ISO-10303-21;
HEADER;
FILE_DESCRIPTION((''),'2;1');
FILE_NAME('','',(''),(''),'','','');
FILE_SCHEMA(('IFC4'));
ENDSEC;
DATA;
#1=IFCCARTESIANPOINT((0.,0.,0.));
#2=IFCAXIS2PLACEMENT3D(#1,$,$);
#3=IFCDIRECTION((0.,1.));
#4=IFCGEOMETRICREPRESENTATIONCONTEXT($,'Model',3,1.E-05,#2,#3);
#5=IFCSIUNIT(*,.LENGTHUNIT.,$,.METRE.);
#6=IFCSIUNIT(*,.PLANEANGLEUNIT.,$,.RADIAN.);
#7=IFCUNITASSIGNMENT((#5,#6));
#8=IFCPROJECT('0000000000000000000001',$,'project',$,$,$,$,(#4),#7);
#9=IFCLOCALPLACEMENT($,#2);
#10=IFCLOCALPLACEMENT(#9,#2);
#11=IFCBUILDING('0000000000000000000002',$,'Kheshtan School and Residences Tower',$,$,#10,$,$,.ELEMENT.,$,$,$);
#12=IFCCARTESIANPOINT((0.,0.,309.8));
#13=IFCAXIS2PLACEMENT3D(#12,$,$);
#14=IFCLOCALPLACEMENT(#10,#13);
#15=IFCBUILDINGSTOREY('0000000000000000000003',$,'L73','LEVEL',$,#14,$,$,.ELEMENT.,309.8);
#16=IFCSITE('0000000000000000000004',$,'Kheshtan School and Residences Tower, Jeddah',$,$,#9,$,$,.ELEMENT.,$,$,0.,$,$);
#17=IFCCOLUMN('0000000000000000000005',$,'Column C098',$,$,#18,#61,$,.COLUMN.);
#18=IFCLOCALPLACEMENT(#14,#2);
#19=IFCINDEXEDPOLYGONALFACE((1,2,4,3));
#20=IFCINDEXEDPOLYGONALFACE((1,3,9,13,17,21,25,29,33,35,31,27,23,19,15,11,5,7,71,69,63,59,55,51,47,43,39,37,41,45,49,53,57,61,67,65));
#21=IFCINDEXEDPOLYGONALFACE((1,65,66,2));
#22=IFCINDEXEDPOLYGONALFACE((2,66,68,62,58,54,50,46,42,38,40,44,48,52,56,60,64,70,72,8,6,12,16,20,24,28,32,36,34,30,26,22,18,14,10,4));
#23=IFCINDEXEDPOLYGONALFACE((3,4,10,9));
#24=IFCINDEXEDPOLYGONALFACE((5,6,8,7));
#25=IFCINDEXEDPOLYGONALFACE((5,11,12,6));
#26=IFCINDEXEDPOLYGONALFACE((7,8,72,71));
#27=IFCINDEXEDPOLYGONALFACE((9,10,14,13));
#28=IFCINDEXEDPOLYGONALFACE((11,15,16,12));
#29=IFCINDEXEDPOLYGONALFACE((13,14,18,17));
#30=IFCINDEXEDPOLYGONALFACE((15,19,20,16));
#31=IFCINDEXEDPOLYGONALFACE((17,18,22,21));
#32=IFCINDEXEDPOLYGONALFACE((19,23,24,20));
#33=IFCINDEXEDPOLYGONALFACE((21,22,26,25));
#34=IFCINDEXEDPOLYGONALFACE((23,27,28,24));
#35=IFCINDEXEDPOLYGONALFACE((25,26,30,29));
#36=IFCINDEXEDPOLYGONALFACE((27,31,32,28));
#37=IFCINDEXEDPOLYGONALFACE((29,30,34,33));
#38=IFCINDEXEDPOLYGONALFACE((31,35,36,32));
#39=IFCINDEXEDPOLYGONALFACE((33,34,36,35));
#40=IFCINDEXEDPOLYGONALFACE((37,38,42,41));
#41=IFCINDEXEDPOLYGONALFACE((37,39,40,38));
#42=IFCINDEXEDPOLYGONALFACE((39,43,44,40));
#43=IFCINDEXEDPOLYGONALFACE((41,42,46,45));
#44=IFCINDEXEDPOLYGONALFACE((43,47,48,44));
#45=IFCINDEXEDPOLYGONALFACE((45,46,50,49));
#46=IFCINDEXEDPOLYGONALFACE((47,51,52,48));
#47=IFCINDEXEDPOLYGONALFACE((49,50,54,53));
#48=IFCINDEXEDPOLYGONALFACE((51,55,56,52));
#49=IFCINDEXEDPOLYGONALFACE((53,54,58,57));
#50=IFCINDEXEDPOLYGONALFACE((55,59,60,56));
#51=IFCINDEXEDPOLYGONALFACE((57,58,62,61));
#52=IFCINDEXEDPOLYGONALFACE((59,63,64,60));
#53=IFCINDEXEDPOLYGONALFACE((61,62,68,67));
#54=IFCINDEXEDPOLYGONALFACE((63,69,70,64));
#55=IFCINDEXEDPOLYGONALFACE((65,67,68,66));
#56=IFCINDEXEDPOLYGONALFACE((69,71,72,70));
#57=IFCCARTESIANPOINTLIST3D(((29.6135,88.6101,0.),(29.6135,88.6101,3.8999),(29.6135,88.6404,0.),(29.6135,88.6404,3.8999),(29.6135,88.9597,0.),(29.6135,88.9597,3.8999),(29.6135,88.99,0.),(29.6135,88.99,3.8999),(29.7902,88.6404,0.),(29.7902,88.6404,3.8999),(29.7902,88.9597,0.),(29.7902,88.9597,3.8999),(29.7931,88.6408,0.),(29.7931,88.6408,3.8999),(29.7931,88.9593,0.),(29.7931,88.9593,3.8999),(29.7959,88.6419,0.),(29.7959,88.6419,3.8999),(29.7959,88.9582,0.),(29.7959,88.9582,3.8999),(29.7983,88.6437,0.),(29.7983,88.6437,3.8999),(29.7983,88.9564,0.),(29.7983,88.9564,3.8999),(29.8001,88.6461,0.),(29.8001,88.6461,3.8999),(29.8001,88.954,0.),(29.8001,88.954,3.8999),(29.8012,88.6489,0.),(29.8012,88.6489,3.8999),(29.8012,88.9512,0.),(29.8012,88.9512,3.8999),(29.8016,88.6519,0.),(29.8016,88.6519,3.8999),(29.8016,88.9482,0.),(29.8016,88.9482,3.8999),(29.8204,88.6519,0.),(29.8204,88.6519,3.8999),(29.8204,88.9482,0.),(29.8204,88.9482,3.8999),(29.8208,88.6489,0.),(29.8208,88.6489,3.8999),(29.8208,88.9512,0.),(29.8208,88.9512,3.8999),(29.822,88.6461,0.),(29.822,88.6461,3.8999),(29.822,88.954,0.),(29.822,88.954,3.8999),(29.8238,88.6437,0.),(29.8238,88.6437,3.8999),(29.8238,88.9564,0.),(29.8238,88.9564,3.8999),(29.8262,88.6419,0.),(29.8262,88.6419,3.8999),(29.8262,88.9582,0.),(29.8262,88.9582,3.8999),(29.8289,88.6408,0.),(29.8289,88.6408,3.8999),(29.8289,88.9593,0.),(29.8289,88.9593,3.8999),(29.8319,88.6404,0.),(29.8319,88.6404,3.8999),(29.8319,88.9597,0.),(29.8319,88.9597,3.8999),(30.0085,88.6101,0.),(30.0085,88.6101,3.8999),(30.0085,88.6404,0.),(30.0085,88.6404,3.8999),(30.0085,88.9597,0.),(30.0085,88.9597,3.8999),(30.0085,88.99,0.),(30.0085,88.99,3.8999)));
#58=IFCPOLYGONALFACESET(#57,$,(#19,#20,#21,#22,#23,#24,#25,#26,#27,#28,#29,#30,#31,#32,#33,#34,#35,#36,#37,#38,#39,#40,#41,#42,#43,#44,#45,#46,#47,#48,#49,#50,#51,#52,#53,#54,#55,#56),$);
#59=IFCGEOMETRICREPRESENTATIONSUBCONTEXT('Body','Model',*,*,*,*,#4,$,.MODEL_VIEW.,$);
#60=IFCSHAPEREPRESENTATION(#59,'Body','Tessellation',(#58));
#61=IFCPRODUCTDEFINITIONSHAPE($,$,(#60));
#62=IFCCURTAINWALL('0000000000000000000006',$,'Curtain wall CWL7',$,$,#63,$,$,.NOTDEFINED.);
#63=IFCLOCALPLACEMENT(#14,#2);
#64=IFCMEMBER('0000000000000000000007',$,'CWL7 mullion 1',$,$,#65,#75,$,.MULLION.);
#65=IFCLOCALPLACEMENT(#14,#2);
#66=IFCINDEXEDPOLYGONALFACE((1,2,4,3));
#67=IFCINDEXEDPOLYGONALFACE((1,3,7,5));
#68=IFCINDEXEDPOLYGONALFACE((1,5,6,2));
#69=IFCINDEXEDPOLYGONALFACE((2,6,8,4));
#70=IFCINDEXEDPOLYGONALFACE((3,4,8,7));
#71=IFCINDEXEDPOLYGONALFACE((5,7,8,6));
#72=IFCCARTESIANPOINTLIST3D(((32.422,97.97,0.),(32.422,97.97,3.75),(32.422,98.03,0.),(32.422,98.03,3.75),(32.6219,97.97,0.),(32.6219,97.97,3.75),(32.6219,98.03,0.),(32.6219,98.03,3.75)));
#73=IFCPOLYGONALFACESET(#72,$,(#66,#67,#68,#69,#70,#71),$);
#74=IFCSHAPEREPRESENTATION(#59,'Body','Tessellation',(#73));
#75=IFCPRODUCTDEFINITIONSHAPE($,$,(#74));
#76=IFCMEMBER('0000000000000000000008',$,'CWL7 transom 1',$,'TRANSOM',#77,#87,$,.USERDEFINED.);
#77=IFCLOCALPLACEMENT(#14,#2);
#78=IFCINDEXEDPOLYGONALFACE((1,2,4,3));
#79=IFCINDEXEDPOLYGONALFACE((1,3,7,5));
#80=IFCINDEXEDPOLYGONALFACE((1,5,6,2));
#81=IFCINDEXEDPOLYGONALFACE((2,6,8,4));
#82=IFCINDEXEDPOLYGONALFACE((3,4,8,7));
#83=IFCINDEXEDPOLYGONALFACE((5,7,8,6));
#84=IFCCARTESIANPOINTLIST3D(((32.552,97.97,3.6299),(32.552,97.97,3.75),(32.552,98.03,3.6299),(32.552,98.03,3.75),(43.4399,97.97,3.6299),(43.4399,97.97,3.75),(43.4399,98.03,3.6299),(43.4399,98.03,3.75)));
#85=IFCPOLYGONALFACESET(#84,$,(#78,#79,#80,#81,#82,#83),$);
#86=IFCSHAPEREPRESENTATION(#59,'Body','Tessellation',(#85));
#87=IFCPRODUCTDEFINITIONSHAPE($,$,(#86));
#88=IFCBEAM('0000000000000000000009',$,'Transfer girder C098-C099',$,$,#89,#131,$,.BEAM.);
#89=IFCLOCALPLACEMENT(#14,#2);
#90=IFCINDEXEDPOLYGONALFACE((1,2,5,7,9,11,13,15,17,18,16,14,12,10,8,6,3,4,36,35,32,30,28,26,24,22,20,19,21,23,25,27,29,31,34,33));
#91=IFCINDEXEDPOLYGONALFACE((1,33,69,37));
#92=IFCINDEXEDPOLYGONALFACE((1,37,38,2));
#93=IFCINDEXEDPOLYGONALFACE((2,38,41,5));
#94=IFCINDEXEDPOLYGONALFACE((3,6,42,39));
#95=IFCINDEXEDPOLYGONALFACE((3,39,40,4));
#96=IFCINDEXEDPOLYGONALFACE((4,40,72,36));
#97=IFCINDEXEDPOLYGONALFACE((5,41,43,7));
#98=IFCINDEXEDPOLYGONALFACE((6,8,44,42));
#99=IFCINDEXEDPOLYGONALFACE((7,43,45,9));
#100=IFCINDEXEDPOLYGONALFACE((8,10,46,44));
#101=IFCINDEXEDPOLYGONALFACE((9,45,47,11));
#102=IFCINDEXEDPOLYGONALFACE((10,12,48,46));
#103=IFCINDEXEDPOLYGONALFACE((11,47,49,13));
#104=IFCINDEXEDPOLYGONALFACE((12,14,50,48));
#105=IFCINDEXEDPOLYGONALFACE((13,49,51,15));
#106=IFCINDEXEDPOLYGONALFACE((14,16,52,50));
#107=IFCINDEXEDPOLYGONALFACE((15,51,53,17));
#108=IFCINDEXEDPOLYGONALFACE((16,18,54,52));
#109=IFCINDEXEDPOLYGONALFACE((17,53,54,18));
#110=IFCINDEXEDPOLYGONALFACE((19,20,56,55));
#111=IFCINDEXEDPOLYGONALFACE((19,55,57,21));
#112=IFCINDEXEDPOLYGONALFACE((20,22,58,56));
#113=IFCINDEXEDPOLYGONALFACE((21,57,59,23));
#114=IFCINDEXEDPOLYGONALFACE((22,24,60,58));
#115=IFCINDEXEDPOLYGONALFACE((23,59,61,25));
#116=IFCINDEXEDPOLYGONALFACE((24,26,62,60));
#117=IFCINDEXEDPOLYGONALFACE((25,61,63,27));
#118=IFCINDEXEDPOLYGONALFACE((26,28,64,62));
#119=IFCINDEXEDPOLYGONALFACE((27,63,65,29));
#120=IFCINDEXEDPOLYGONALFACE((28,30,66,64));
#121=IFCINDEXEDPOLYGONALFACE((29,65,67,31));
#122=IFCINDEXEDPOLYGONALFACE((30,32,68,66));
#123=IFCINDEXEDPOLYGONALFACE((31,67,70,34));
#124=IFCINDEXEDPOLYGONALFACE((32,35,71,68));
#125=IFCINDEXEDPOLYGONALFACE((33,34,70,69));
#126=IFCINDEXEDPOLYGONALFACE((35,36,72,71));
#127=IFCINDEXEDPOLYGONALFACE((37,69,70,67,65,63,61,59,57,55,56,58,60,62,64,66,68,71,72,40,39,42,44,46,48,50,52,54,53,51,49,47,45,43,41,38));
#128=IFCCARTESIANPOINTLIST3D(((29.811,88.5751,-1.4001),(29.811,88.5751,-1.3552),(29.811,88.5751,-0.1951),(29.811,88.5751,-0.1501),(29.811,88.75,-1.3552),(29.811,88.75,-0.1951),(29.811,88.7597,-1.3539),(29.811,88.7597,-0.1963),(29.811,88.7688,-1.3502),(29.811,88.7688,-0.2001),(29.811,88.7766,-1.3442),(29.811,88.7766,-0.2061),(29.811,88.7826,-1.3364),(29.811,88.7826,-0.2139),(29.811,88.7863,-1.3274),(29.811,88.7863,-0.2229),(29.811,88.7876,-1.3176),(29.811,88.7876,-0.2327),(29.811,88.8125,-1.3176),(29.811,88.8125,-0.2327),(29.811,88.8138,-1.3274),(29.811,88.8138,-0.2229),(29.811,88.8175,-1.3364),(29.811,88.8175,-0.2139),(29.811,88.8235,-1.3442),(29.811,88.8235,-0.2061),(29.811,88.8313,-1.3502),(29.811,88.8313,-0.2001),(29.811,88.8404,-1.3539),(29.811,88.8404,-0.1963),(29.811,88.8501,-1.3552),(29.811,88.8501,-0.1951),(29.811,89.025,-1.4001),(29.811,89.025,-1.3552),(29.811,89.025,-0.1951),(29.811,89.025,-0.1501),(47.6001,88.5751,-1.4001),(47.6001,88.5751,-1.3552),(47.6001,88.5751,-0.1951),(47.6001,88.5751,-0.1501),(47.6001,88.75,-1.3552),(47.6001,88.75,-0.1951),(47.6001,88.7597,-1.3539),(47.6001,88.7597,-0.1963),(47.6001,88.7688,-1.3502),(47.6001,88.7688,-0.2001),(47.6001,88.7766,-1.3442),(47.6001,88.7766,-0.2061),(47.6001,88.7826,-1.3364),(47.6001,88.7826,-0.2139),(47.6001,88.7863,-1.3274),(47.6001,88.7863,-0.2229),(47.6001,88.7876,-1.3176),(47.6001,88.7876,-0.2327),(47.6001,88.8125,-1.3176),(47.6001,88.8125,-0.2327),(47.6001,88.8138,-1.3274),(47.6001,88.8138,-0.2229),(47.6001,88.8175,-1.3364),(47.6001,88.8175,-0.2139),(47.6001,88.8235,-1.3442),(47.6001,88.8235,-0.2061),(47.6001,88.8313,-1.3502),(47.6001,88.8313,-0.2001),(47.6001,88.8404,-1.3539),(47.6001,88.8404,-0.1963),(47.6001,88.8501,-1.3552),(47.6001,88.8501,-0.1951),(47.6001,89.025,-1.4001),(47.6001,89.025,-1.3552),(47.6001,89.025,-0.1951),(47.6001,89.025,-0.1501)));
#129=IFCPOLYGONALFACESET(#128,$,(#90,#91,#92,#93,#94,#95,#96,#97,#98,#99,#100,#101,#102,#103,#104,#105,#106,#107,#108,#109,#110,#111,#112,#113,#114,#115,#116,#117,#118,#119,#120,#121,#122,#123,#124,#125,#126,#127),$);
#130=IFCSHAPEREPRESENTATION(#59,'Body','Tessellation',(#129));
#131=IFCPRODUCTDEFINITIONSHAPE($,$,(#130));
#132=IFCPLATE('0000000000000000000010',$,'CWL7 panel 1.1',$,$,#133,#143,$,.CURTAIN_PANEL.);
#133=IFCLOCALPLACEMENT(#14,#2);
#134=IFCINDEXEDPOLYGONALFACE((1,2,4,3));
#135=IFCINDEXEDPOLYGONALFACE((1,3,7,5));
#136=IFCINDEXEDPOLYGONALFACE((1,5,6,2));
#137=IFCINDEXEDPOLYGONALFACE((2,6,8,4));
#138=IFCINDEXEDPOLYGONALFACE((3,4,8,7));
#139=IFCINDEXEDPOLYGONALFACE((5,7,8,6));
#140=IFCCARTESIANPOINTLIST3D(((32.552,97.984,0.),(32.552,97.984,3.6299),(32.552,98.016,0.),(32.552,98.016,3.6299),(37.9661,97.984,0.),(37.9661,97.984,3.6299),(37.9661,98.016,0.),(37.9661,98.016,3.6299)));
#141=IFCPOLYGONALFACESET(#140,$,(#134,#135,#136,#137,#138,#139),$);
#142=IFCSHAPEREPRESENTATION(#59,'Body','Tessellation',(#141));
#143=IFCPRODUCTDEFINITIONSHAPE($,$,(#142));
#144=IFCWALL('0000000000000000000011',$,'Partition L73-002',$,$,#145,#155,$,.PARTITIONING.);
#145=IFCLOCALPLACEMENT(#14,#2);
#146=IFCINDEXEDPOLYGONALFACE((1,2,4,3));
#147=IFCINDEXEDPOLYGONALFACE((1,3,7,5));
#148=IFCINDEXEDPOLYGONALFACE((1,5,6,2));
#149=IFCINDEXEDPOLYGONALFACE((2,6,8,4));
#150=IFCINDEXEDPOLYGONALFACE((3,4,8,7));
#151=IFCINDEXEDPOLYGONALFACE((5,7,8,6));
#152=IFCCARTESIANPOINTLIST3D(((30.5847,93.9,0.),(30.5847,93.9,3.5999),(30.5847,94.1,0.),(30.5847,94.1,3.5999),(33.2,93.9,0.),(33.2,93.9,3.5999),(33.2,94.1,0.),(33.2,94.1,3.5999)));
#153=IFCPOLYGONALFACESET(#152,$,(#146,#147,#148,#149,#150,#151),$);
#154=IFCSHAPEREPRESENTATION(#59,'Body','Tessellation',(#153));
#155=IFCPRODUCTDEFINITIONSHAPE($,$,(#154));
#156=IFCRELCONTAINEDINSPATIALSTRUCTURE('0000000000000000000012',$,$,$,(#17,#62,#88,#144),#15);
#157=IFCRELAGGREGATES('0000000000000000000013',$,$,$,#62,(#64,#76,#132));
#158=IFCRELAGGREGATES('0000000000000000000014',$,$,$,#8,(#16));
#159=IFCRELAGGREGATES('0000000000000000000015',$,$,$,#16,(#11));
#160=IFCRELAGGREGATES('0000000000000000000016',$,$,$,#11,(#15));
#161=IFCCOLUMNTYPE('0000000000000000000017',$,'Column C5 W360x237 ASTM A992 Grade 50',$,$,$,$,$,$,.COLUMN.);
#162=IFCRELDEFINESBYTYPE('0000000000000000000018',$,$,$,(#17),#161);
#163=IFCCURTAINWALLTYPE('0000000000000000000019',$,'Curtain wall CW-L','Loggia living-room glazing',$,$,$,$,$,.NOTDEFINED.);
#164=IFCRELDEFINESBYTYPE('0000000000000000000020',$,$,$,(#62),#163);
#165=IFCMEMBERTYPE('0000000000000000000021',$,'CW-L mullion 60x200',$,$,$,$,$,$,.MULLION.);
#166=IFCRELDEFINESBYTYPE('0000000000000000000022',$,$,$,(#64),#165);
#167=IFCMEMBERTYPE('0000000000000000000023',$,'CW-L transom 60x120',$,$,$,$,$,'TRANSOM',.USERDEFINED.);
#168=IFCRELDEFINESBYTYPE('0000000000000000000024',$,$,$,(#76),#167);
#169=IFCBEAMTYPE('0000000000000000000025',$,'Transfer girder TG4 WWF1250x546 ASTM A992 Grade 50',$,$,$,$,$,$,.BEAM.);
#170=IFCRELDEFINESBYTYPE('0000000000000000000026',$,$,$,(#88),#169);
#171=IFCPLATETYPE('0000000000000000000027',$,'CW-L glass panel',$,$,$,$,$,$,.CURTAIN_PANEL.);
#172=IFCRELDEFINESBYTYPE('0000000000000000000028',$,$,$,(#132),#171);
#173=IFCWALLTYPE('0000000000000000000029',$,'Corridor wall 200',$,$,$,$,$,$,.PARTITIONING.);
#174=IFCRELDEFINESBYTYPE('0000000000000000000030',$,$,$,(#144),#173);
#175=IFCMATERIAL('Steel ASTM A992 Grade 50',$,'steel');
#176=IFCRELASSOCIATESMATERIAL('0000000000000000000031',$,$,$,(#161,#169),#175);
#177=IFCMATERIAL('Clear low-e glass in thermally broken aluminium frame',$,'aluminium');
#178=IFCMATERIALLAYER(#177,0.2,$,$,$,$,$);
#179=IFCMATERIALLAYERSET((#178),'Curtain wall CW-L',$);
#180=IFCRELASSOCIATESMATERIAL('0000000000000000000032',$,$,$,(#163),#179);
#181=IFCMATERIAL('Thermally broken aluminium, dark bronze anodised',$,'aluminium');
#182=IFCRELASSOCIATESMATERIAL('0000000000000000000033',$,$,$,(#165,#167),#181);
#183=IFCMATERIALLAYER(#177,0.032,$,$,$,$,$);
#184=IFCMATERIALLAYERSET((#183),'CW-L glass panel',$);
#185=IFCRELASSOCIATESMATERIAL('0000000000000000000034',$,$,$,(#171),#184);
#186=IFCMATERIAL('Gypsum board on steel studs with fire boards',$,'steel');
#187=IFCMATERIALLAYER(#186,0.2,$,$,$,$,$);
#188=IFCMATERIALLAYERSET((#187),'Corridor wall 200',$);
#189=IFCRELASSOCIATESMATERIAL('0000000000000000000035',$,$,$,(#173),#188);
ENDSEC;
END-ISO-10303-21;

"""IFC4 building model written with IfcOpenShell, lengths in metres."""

from ifc_helpers import new_model, si_unit, direction, frame, frame_2d, origin, origin_2d, place, context, subcontext, project, spatial, rectangle, i_section, extrude, material, layer, layer_set, material_profile, profile_set, type_object, element, aggregate, save


model = new_model("IFC4")

# Units and contexts
model_context = context("Model", 3, precision=1e-05, world=origin(), true_north=direction((0.0, 1.0)))
body_context = subcontext(model_context, "Body", "Model", "MODEL_VIEW")
ifc_project = project(units=[si_unit("LENGTHUNIT", "METRE"), si_unit("PLANEANGLEUNIT", "RADIAN")], contexts=[model_context])

# Site, building, storey
site_placement = place(None, origin())
site = spatial("IfcSite", under=ifc_project, at=site_placement, Name="Kheshtan School and Residences Tower, Jeddah", CompositionType="ELEMENT", RefElevation=0.0)
building_placement = place(site_placement, origin())
building = spatial("IfcBuilding", under=site, at=building_placement, Name="Kheshtan School and Residences Tower", CompositionType="ELEMENT")
storey_placement = place(building_placement, frame((0.0, 0.0, 309.8)))
storey = spatial("IfcBuildingStorey", under=building, at=storey_placement, Name="L73", Description="LEVEL", CompositionType="ELEMENT", Elevation=309.8)

# Column
ifc_material_1 = material(Name="Steel ASTM A992 Grade 50", Category="steel")
ifc_material_profile_1 = material_profile(ifc_material_1, i_section(OverallWidth=0.395, OverallDepth=0.3799, WebThickness=0.0188, FlangeThickness=0.0303, FilletRadius=0.0115, at=origin_2d()), Name="W360x237")
ifc_profile_set_1 = profile_set([ifc_material_profile_1], Name="Steel ASTM A992 Grade 50")
column_type = type_object("IfcColumnType", Name="Column C5 W360x237 ASTM A992 Grade 50", PredefinedType="COLUMN", material=ifc_profile_set_1)
column_placement = place(storey_placement, frame((29.811, 88.8, 0.0), z_axis=(0.0, 0.0, 1.0), x_axis=(1.0, 0.0, 0.0)))
element("IfcColumn", 1, at=column_placement, inside=storey, type_object=column_type, Name="Column C098", PredefinedType="COLUMN", context=body_context, shape_type="SweptSolid", body=[
    extrude(i_section(OverallWidth=0.395, OverallDepth=0.3799, WebThickness=0.0188, FlangeThickness=0.0303, FilletRadius=0.0115, at=origin_2d()), origin(), (0.0, 0.0, 1.0), 3.8999),
])

# Curtain wall, members
ifc_material_2 = material(Name="Clear low-e glass in thermally broken aluminium frame", Category="aluminium")
ifc_layer_1 = layer(ifc_material_2, 0.2)
ifc_layer_set_1 = layer_set([ifc_layer_1], Name="Curtain wall CW-L")
curtain_wall_type = type_object("IfcCurtainWallType", Name="Curtain wall CW-L", Description="Loggia living-room glazing", PredefinedType="NOTDEFINED", material=ifc_layer_set_1)
curtain_wall_placement = place(storey_placement, origin())
curtain_wall = element("IfcCurtainWall", 2, at=curtain_wall_placement, inside=storey, type_object=curtain_wall_type, Name="Curtain wall CWL7", PredefinedType="NOTDEFINED")
ifc_material_3 = material(Name="Thermally broken aluminium, dark bronze anodised", Category="aluminium")
ifc_material_profile_2 = material_profile(ifc_material_3, rectangle(XDim=0.0601, YDim=0.2, at=origin_2d()), Name="CW-L mullion 60x200")
ifc_profile_set_2 = profile_set([ifc_material_profile_2], Name="Thermally broken aluminium, dark bronze anodised")
member_type_1 = type_object("IfcMemberType", Name="CW-L mullion 60x200", PredefinedType="MULLION", material=ifc_profile_set_2)
member_1_placement = place(storey_placement, frame((32.522, 98.0, 0.0), z_axis=(0.0, 0.0, 1.0), x_axis=(0.0, 1.0, 0.0)))
member_1 = element("IfcMember", 3, at=member_1_placement, type_object=member_type_1, Name="CWL7 mullion 1", PredefinedType="MULLION", context=body_context, shape_type="SweptSolid", body=[
    extrude(rectangle(XDim=0.0601, YDim=0.2, at=origin_2d()), origin(), (0.0, 0.0, 1.0), 3.75),
])
ifc_material_profile_3 = material_profile(ifc_material_3, rectangle(XDim=0.0601, YDim=0.1201, at=origin_2d()), Name="CW-L transom 60x120")
ifc_profile_set_3 = profile_set([ifc_material_profile_3], Name="Thermally broken aluminium, dark bronze anodised")
member_type_2 = type_object("IfcMemberType", Name="CW-L transom 60x120", ElementType="TRANSOM", PredefinedType="USERDEFINED", material=ifc_profile_set_3)
member_2_placement = place(storey_placement, frame((32.552, 98.0, 3.6899), z_axis=(1.0, 0.0, 0.0), x_axis=(0.0, 1.0, 0.0)))
member_2 = element("IfcMember", 4, at=member_2_placement, type_object=member_type_2, Name="CWL7 transom 1", ObjectType="TRANSOM", PredefinedType="USERDEFINED", context=body_context, shape_type="SweptSolid", body=[
    extrude(rectangle(XDim=0.0601, YDim=0.1201, at=origin_2d()), origin(), (0.0, 0.0, 1.0), 10.8879),
])

# Beam
ifc_material_profile_4 = material_profile(ifc_material_1, i_section(OverallWidth=0.45, OverallDepth=1.25, WebThickness=0.0249, FlangeThickness=0.0449, FilletRadius=0.0376, at=origin_2d()), Name="WWF1250x546")
ifc_profile_set_4 = profile_set([ifc_material_profile_4], Name="Steel ASTM A992 Grade 50")
beam_type = type_object("IfcBeamType", Name="Transfer girder TG4 WWF1250x546 ASTM A992 Grade 50", PredefinedType="BEAM", material=ifc_profile_set_4)
beam_placement = place(storey_placement, frame((29.811, 88.8, -0.7751), z_axis=(1.0, 0.0, 0.0), x_axis=(0.0, 1.0, 0.0)))
element("IfcBeam", 5, at=beam_placement, inside=storey, type_object=beam_type, Name="Transfer girder C098-C099", PredefinedType="BEAM", context=body_context, shape_type="SweptSolid", body=[
    extrude(i_section(OverallWidth=0.45, OverallDepth=1.25, WebThickness=0.0249, FlangeThickness=0.0449, FilletRadius=0.0376, at=origin_2d()), origin(), (0.0, 0.0, 1.0), 17.7891),
])

# Plate
ifc_layer_2 = layer(ifc_material_2, 0.032)
ifc_layer_set_2 = layer_set([ifc_layer_2], Name="CW-L glass panel")
plate_type = type_object("IfcPlateType", Name="CW-L glass panel", PredefinedType="CURTAIN_PANEL", material=ifc_layer_set_2)
plate_placement = place(storey_placement, frame((35.259, 98.0, 0.0), z_axis=(0.0, 0.0, 1.0), x_axis=(1.0, 0.0, 0.0)))
plate = element("IfcPlate", 6, at=plate_placement, type_object=plate_type, Name="CWL7 panel 1.1", PredefinedType="CURTAIN_PANEL", context=body_context, shape_type="SweptSolid", body=[
    extrude(rectangle(XDim=5.4141, YDim=0.032, at=origin_2d()), origin(), (0.0, 0.0, 1.0), 3.6299),
])
aggregate(curtain_wall, [member_1, member_2, plate])

# Wall
ifc_material_4 = material(Name="Gypsum board on steel studs with fire boards", Category="steel")
ifc_layer_3 = layer(ifc_material_4, 0.2)
ifc_layer_set_3 = layer_set([ifc_layer_3], Name="Corridor wall 200")
wall_type_1 = type_object("IfcWallType", Name="Corridor wall 200", PredefinedType="PARTITIONING", material=ifc_layer_set_3)
wall_1_placement = place(storey_placement, frame((30.5847, 94.0, 0.0), z_axis=(0.0, 0.0, 1.0), x_axis=(1.0, 0.0, 0.0)))
element("IfcWall", 7, at=wall_1_placement, inside=storey, type_object=wall_type_1, Name="Partition L73-002", PredefinedType="PARTITIONING", context=body_context, shape_type="SweptSolid", body=[
    extrude(rectangle(XDim=2.6152, YDim=0.2, at=frame_2d((1.3076, 0.0))), origin(), (0.0, 0.0, 1.0), 3.5999),
])

save(model, "model.ifc")
